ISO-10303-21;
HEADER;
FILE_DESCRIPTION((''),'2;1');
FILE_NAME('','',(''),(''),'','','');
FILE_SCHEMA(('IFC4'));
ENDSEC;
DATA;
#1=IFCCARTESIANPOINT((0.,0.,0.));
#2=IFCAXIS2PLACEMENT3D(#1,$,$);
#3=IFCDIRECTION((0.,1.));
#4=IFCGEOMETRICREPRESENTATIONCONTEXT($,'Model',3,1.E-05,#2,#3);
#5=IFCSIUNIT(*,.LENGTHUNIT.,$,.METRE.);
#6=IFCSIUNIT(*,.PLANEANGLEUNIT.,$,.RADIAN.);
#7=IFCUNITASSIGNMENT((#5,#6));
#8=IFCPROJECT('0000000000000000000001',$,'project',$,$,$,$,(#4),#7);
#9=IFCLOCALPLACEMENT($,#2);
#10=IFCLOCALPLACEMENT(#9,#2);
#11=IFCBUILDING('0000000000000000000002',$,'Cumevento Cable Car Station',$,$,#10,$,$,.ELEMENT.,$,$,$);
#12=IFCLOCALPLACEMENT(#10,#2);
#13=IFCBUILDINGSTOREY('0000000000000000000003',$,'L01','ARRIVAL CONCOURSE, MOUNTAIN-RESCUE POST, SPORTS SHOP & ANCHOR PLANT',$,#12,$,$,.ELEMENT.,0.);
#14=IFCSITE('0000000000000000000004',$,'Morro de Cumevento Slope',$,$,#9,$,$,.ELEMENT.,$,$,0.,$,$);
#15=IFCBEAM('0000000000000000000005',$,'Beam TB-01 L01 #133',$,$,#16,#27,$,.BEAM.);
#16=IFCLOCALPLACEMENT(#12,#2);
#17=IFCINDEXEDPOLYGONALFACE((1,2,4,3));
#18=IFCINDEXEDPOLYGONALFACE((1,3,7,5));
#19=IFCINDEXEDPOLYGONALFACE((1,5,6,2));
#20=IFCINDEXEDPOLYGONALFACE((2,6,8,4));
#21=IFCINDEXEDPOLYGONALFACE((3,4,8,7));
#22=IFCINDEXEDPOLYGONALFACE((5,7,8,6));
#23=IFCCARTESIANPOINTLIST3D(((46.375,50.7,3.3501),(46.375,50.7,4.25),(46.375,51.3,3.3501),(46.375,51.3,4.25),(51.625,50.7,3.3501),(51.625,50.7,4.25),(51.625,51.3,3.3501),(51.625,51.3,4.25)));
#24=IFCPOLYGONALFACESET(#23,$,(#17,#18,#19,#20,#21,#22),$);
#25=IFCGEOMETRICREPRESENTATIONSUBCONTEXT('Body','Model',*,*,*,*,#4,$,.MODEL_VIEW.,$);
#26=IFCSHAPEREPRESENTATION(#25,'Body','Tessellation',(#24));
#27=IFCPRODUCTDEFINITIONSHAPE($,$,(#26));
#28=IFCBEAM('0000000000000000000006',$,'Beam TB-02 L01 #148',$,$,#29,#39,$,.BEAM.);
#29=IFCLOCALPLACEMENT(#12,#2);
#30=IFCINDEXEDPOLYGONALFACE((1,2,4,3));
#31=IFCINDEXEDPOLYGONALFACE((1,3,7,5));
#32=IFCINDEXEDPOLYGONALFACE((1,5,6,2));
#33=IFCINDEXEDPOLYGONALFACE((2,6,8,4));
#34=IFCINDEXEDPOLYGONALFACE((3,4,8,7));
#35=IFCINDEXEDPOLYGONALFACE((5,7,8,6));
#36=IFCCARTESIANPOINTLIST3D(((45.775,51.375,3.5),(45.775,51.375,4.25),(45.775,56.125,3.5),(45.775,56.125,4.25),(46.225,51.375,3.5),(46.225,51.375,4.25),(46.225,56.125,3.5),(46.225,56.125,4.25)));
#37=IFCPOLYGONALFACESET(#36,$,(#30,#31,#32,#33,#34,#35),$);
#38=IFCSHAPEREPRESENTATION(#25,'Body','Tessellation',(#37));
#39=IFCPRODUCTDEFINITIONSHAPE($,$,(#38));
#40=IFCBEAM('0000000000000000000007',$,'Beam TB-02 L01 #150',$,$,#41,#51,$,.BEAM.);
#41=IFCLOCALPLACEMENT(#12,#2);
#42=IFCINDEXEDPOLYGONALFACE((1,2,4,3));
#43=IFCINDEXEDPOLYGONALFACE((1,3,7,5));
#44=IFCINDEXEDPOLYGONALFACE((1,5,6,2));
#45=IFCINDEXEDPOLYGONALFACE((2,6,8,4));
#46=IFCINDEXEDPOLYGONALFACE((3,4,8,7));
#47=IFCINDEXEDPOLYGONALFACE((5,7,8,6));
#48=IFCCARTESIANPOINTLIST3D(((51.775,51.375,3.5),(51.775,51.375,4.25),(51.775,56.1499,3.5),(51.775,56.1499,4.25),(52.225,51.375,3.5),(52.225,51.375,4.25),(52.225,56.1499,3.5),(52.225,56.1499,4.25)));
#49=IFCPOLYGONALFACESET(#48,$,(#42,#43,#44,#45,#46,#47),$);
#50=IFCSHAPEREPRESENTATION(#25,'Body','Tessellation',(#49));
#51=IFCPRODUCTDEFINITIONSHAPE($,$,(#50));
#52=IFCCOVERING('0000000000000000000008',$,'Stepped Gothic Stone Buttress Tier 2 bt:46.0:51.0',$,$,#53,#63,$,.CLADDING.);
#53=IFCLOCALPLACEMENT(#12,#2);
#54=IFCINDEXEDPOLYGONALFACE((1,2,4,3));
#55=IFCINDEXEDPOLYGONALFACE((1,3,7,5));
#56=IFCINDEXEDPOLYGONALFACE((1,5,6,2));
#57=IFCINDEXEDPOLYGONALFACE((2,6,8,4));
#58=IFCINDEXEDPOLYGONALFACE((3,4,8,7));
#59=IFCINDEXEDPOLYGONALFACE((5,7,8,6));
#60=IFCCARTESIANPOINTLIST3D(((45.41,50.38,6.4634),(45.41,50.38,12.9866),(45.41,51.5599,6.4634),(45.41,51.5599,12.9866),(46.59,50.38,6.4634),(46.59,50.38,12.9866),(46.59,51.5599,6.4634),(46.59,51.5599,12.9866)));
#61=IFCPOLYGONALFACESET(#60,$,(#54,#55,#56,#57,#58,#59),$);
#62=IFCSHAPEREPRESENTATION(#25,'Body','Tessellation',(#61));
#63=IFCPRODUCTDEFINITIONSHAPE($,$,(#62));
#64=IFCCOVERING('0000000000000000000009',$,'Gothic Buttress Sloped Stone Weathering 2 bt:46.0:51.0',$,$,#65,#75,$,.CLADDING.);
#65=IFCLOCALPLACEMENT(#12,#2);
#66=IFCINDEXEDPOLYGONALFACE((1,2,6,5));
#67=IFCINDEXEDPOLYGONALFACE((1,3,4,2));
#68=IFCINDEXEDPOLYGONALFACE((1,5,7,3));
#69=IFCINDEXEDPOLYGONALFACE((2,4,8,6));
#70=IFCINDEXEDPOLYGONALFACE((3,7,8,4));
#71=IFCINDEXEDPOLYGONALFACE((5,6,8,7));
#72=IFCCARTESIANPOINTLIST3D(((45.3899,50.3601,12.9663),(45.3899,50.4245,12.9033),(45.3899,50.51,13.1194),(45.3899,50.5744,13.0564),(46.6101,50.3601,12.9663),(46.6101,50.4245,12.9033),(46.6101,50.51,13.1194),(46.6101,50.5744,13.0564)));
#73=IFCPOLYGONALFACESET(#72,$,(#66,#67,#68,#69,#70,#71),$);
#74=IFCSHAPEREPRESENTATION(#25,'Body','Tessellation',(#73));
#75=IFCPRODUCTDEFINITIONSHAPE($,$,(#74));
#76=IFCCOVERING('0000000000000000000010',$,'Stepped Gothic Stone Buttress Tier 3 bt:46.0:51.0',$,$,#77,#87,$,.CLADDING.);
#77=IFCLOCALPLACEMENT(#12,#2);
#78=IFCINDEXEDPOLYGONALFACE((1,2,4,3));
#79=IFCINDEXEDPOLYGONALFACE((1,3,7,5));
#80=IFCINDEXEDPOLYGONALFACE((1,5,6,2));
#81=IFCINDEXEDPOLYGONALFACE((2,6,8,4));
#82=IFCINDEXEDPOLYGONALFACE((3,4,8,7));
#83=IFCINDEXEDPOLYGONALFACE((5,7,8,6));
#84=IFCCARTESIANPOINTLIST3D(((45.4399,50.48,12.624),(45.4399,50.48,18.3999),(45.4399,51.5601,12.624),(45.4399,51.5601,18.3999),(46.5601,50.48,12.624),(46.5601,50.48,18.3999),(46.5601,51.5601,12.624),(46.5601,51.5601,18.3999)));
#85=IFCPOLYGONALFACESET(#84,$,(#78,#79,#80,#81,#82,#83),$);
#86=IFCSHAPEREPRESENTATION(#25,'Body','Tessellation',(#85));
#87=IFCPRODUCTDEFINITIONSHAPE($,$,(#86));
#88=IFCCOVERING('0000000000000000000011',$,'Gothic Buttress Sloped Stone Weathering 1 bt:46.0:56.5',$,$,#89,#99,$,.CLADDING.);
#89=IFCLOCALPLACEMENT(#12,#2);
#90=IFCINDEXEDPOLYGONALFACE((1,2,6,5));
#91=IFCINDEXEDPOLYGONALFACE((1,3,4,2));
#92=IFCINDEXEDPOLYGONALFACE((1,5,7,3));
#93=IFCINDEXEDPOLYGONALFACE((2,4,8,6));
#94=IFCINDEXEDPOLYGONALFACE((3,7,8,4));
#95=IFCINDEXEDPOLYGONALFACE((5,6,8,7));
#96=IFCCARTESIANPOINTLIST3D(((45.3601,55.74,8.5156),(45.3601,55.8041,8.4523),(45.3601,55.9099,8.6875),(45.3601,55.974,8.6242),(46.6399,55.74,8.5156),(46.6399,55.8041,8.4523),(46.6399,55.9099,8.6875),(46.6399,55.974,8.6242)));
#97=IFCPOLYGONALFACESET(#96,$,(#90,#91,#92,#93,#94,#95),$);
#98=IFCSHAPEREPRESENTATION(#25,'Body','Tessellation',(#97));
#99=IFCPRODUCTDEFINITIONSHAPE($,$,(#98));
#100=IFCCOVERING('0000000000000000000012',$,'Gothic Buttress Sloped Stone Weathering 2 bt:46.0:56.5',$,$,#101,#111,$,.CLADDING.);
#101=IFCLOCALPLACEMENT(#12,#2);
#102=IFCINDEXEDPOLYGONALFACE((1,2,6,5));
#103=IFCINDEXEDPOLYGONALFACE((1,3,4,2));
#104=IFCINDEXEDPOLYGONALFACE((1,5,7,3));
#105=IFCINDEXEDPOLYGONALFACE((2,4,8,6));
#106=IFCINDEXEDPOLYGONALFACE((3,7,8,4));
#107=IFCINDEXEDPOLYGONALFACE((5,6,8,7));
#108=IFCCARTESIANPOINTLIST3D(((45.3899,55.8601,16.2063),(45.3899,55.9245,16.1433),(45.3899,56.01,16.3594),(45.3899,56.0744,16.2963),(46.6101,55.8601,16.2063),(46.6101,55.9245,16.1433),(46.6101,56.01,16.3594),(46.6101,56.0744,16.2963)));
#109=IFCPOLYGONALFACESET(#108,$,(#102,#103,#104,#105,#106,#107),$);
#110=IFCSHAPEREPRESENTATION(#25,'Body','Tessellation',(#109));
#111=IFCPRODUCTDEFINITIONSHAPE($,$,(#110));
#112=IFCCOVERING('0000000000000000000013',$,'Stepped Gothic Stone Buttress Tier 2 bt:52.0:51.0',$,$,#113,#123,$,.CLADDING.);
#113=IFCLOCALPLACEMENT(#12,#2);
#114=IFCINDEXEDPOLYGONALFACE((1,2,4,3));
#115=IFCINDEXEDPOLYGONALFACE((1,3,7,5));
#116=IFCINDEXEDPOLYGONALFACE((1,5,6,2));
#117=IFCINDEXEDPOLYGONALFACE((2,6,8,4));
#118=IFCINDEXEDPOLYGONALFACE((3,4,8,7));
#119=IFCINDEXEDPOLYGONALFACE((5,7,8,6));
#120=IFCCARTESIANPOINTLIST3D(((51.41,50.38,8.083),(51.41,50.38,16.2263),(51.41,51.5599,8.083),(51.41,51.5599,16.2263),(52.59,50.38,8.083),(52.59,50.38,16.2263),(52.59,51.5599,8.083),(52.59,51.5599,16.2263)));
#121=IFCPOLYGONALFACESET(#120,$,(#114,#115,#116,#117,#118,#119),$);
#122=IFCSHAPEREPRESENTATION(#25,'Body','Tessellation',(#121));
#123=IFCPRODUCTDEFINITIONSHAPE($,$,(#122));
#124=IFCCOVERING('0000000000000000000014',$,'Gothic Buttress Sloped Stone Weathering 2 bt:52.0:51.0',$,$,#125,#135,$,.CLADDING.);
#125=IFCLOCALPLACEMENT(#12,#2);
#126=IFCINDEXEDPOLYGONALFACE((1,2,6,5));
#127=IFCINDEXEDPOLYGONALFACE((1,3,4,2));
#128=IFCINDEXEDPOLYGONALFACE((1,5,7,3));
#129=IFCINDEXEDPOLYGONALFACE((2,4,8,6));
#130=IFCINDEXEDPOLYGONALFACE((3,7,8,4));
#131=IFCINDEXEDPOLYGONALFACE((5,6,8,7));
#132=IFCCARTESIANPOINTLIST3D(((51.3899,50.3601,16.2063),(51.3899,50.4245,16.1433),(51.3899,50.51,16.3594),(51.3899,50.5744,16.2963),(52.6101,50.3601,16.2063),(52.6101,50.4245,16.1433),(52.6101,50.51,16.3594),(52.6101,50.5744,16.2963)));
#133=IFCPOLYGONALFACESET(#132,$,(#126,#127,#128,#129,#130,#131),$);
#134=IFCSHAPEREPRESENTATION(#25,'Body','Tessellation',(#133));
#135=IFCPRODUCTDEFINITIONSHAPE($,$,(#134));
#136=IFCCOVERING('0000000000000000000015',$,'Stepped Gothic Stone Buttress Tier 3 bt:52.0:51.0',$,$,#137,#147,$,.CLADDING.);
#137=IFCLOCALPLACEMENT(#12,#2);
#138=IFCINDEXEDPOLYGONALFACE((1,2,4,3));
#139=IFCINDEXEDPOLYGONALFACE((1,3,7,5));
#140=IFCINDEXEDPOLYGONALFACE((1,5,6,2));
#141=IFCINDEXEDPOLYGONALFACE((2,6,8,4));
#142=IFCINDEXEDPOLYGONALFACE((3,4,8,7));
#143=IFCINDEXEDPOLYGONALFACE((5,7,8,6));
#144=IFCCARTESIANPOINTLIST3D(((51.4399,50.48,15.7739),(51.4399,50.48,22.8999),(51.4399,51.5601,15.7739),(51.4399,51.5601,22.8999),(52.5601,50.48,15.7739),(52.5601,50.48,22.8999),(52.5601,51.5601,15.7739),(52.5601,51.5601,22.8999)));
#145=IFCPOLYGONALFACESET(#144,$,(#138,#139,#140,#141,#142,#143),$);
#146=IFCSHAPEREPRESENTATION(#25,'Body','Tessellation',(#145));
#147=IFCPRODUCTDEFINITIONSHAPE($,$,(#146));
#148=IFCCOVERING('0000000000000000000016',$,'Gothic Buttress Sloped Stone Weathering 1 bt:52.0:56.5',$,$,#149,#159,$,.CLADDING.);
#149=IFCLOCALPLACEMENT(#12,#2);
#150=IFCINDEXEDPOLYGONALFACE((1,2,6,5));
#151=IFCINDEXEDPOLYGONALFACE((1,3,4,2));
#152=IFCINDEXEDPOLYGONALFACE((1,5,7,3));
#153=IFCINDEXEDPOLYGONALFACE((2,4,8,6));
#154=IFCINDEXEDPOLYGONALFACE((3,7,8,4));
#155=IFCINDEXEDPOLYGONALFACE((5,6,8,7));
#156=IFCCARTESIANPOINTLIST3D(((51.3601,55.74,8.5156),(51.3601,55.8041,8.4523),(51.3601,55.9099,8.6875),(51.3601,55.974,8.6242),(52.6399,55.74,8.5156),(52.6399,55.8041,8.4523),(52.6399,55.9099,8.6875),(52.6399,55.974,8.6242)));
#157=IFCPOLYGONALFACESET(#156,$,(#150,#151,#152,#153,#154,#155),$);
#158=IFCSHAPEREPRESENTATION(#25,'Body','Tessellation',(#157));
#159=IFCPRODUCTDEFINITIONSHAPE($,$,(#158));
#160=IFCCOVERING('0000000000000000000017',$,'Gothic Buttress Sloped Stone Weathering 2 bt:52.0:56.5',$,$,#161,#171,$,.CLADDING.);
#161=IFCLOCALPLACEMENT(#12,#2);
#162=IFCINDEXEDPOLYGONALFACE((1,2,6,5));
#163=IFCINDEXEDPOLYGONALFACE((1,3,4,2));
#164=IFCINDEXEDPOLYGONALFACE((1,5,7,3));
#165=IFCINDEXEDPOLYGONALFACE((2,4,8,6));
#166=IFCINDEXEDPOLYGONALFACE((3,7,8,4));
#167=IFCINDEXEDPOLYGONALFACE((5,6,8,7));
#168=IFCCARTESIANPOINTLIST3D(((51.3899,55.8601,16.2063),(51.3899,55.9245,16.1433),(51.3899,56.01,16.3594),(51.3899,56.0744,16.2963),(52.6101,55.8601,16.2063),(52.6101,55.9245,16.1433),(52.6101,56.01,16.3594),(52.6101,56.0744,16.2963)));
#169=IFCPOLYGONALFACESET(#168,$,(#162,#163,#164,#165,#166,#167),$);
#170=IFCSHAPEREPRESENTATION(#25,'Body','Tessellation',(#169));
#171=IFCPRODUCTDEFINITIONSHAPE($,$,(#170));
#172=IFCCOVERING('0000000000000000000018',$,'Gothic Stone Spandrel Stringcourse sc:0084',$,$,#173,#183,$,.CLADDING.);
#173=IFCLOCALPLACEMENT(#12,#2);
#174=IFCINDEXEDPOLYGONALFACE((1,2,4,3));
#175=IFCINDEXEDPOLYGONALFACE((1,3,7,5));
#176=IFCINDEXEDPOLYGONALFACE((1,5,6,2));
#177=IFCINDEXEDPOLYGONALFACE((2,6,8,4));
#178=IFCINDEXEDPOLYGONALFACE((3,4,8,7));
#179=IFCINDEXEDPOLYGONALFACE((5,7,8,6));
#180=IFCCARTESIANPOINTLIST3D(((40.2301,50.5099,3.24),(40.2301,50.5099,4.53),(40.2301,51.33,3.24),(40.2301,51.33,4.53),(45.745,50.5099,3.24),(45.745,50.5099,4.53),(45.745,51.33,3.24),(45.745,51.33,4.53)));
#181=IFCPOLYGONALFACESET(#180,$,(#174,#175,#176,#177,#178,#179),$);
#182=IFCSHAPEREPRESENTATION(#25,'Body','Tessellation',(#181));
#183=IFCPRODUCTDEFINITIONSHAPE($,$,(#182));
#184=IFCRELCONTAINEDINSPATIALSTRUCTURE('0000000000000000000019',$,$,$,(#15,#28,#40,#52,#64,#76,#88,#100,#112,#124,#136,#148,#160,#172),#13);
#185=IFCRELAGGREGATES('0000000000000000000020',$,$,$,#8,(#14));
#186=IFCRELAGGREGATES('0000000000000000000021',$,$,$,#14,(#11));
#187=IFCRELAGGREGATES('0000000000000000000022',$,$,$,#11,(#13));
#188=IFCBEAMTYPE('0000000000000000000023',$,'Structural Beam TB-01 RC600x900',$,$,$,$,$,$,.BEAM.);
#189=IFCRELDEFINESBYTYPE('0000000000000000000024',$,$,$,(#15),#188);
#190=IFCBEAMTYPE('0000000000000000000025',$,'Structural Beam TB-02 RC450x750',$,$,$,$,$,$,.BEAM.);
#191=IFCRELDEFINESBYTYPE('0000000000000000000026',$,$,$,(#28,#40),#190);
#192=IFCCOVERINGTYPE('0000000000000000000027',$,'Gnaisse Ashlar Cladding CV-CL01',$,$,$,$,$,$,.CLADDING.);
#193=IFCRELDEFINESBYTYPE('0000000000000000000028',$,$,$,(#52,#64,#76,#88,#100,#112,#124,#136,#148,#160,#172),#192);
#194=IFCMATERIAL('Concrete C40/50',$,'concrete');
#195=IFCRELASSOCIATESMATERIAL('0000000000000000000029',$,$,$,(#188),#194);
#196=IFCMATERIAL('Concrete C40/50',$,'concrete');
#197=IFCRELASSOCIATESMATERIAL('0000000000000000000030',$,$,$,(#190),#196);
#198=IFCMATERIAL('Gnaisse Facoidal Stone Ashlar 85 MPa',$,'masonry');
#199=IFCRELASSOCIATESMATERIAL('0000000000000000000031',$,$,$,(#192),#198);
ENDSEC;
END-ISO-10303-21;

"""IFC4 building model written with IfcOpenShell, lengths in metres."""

from ifc_helpers import new_model, si_unit, direction, frame, origin, origin_2d, place, context, subcontext, project, spatial, polyline, rectangle, outline, extrude, material, material_profile, profile_set, type_object, element, save


model = new_model("IFC4")

# Units and contexts
model_context = context("Model", 3, precision=1e-05, world=origin(), true_north=direction((0.0, 1.0)))
body_context = subcontext(model_context, "Body", "Model", "MODEL_VIEW")
ifc_project = project(units=[si_unit("LENGTHUNIT", "METRE"), si_unit("PLANEANGLEUNIT", "RADIAN")], contexts=[model_context])

# Site, building, storey
site_placement = place(None, origin())
site = spatial("IfcSite", under=ifc_project, at=site_placement, Name="Morro de Cumevento Slope", CompositionType="ELEMENT", RefElevation=0.0)
building_placement = place(site_placement, origin())
building = spatial("IfcBuilding", under=site, at=building_placement, Name="Cumevento Cable Car Station", CompositionType="ELEMENT")
storey_placement = place(building_placement, origin())
storey = spatial("IfcBuildingStorey", under=building, at=storey_placement, Name="L01", Description="ARRIVAL CONCOURSE, MOUNTAIN-RESCUE POST, SPORTS SHOP & ANCHOR PLANT", CompositionType="ELEMENT", Elevation=0.0)

# Beams
ifc_material_1 = material(Name="Concrete C40/50", Category="concrete")
ifc_material_profile_1 = material_profile(ifc_material_1, rectangle(XDim=0.6001, YDim=0.8999, at=origin_2d()), Name="RC600x900")
ifc_profile_set_1 = profile_set([ifc_material_profile_1], Name="Concrete C40/50")
beam_type_1 = type_object("IfcBeamType", Name="Structural Beam TB-01 RC600x900", PredefinedType="BEAM", material=ifc_profile_set_1)
beam_1_placement = place(storey_placement, frame((46.375, 51.0, 3.8), z_axis=(1.0, 0.0, 0.0), x_axis=(0.0, 1.0, 0.0)))
element("IfcBeam", 1, at=beam_1_placement, inside=storey, type_object=beam_type_1, Name="Beam TB-01 L01 #133", PredefinedType="BEAM", context=body_context, shape_type="SweptSolid", body=[
    extrude(rectangle(XDim=0.6001, YDim=0.8999, at=origin_2d()), origin(), (0.0, 0.0, 1.0), 5.25),
])
ifc_material_2 = material(Name="Concrete C40/50", Category="concrete")
ifc_material_profile_2 = material_profile(ifc_material_2, rectangle(XDim=0.45, YDim=0.75, at=origin_2d()), Name="RC450x750")
ifc_profile_set_2 = profile_set([ifc_material_profile_2], Name="Concrete C40/50")
beam_type_2 = type_object("IfcBeamType", Name="Structural Beam TB-02 RC450x750", PredefinedType="BEAM", material=ifc_profile_set_2)
beam_2_placement = place(storey_placement, frame((46.0, 51.375, 3.875), z_axis=(0.0, 1.0, 0.0), x_axis=(-1.0, 0.0, 0.0)))
element("IfcBeam", 2, at=beam_2_placement, inside=storey, type_object=beam_type_2, Name="Beam TB-02 L01 #148", PredefinedType="BEAM", context=body_context, shape_type="SweptSolid", body=[
    extrude(rectangle(XDim=0.45, YDim=0.75, at=origin_2d()), origin(), (0.0, 0.0, 1.0), 4.75),
])
beam_3_placement = place(storey_placement, frame((52.0, 51.375, 3.875), z_axis=(0.0, 1.0, 0.0), x_axis=(-1.0, 0.0, 0.0)))
element("IfcBeam", 3, at=beam_3_placement, inside=storey, type_object=beam_type_2, Name="Beam TB-02 L01 #150", PredefinedType="BEAM", context=body_context, shape_type="SweptSolid", body=[
    extrude(rectangle(XDim=0.45, YDim=0.75, at=origin_2d()), origin(), (0.0, 0.0, 1.0), 4.7749),
])

# Coverings
ifc_material_3 = material(Name="Gnaisse Facoidal Stone Ashlar 85 MPa", Category="masonry")
covering_type = type_object("IfcCoveringType", Name="Gnaisse Ashlar Cladding CV-CL01", PredefinedType="CLADDING", material=ifc_material_3)
covering_1_placement = place(storey_placement, frame((46.0, 50.97, 6.4634), z_axis=(0.0, 0.0, 1.0), x_axis=(1.0, 0.0, 0.0)))
element("IfcCovering", 4, at=covering_1_placement, inside=storey, type_object=covering_type, Name="Stepped Gothic Stone Buttress Tier 2 bt:46.0:51.0", PredefinedType="CLADDING", context=body_context, shape_type="SweptSolid", body=[
    extrude(rectangle(XDim=1.1799, YDim=1.1799, at=origin_2d()), origin(), (0.0, 0.0, 1.0), 6.5232),
])
covering_2_placement = place(storey_placement, frame((45.3899, 50.3601, 12.9663), z_axis=(0.0, -0.714475, 0.699661), x_axis=(1.0, 0.0, 0.0)))
element("IfcCovering", 5, at=covering_2_placement, inside=storey, type_object=covering_type, Name="Gothic Buttress Sloped Stone Weathering 2 bt:46.0:51.0", PredefinedType="CLADDING", context=body_context, shape_type="SweptSolid", body=[
    extrude(outline(polyline([(0.0, 0.0), (1.2202, 0.0), (1.2202, 0.2142), (0.0, 0.2142), (0.0, 0.0)])), origin(), (0.0, 0.0, -1.0), 0.0901),
])
covering_3_placement = place(storey_placement, frame((46.0, 51.02, 12.624), z_axis=(0.0, 0.0, 1.0), x_axis=(1.0, 0.0, 0.0)))
element("IfcCovering", 6, at=covering_3_placement, inside=storey, type_object=covering_type, Name="Stepped Gothic Stone Buttress Tier 3 bt:46.0:51.0", PredefinedType="CLADDING", context=body_context, shape_type="SweptSolid", body=[
    extrude(rectangle(XDim=1.1201, YDim=1.0801, at=origin_2d()), origin(), (0.0, 0.0, 1.0), 5.7759),
])
covering_4_placement = place(storey_placement, frame((45.3601, 55.74, 8.5156), z_axis=(0.0, -0.711136, 0.703055), x_axis=(1.0, 0.0, 0.0)))
element("IfcCovering", 7, at=covering_4_placement, inside=storey, type_object=covering_type, Name="Gothic Buttress Sloped Stone Weathering 1 bt:46.0:56.5", PredefinedType="CLADDING", context=body_context, shape_type="SweptSolid", body=[
    extrude(outline(polyline([(0.0, 0.0), (1.2798, 0.0), (1.2798, 0.2417), (0.0, 0.2417), (0.0, 0.0)])), origin(), (0.0, 0.0, -1.0), 0.0901),
])
covering_5_placement = place(storey_placement, frame((45.3899, 55.8601, 16.2063), z_axis=(0.0, -0.714475, 0.699661), x_axis=(1.0, 0.0, 0.0)))
element("IfcCovering", 8, at=covering_5_placement, inside=storey, type_object=covering_type, Name="Gothic Buttress Sloped Stone Weathering 2 bt:46.0:56.5", PredefinedType="CLADDING", context=body_context, shape_type="SweptSolid", body=[
    extrude(outline(polyline([(0.0, 0.0), (1.2202, 0.0), (1.2202, 0.2142), (0.0, 0.2142), (0.0, 0.0)])), origin(), (0.0, 0.0, -1.0), 0.0901),
])
covering_6_placement = place(storey_placement, frame((52.0, 50.97, 8.083), z_axis=(0.0, 0.0, 1.0), x_axis=(1.0, 0.0, 0.0)))
element("IfcCovering", 9, at=covering_6_placement, inside=storey, type_object=covering_type, Name="Stepped Gothic Stone Buttress Tier 2 bt:52.0:51.0", PredefinedType="CLADDING", context=body_context, shape_type="SweptSolid", body=[
    extrude(rectangle(XDim=1.1799, YDim=1.1799, at=origin_2d()), origin(), (0.0, 0.0, 1.0), 8.1433),
])
covering_7_placement = place(storey_placement, frame((51.3899, 50.3601, 16.2063), z_axis=(0.0, -0.714475, 0.699661), x_axis=(1.0, 0.0, 0.0)))
element("IfcCovering", 10, at=covering_7_placement, inside=storey, type_object=covering_type, Name="Gothic Buttress Sloped Stone Weathering 2 bt:52.0:51.0", PredefinedType="CLADDING", context=body_context, shape_type="SweptSolid", body=[
    extrude(outline(polyline([(0.0, 0.0), (1.2202, 0.0), (1.2202, 0.2142), (0.0, 0.2142), (0.0, 0.0)])), origin(), (0.0, 0.0, -1.0), 0.0901),
])
covering_8_placement = place(storey_placement, frame((52.0, 51.02, 15.7739), z_axis=(0.0, 0.0, 1.0), x_axis=(1.0, 0.0, 0.0)))
element("IfcCovering", 11, at=covering_8_placement, inside=storey, type_object=covering_type, Name="Stepped Gothic Stone Buttress Tier 3 bt:52.0:51.0", PredefinedType="CLADDING", context=body_context, shape_type="SweptSolid", body=[
    extrude(rectangle(XDim=1.1201, YDim=1.0801, at=origin_2d()), origin(), (0.0, 0.0, 1.0), 7.126),
])
covering_9_placement = place(storey_placement, frame((51.3601, 55.74, 8.5156), z_axis=(0.0, -0.711136, 0.703055), x_axis=(1.0, 0.0, 0.0)))
element("IfcCovering", 12, at=covering_9_placement, inside=storey, type_object=covering_type, Name="Gothic Buttress Sloped Stone Weathering 1 bt:52.0:56.5", PredefinedType="CLADDING", context=body_context, shape_type="SweptSolid", body=[
    extrude(outline(polyline([(0.0, 0.0), (1.2798, 0.0), (1.2798, 0.2417), (0.0, 0.2417), (0.0, 0.0)])), origin(), (0.0, 0.0, -1.0), 0.0901),
])
covering_10_placement = place(storey_placement, frame((51.3899, 55.8601, 16.2063), z_axis=(0.0, -0.714475, 0.699661), x_axis=(1.0, 0.0, 0.0)))
element("IfcCovering", 13, at=covering_10_placement, inside=storey, type_object=covering_type, Name="Gothic Buttress Sloped Stone Weathering 2 bt:52.0:56.5", PredefinedType="CLADDING", context=body_context, shape_type="SweptSolid", body=[
    extrude(outline(polyline([(0.0, 0.0), (1.2202, 0.0), (1.2202, 0.2142), (0.0, 0.2142), (0.0, 0.0)])), origin(), (0.0, 0.0, -1.0), 0.0901),
])
covering_11_placement = place(storey_placement, frame((42.9875, 50.9199, 3.24), z_axis=(0.0, 0.0, 1.0), x_axis=(1.0, 0.0, 0.0)))
element("IfcCovering", 14, at=covering_11_placement, inside=storey, type_object=covering_type, Name="Gothic Stone Spandrel Stringcourse sc:0084", PredefinedType="CLADDING", context=body_context, shape_type="SweptSolid", body=[
    extrude(rectangle(XDim=5.5149, YDim=0.8201, at=origin_2d()), origin(), (0.0, 0.0, 1.0), 1.29),
])

save(model, "model.ifc")
